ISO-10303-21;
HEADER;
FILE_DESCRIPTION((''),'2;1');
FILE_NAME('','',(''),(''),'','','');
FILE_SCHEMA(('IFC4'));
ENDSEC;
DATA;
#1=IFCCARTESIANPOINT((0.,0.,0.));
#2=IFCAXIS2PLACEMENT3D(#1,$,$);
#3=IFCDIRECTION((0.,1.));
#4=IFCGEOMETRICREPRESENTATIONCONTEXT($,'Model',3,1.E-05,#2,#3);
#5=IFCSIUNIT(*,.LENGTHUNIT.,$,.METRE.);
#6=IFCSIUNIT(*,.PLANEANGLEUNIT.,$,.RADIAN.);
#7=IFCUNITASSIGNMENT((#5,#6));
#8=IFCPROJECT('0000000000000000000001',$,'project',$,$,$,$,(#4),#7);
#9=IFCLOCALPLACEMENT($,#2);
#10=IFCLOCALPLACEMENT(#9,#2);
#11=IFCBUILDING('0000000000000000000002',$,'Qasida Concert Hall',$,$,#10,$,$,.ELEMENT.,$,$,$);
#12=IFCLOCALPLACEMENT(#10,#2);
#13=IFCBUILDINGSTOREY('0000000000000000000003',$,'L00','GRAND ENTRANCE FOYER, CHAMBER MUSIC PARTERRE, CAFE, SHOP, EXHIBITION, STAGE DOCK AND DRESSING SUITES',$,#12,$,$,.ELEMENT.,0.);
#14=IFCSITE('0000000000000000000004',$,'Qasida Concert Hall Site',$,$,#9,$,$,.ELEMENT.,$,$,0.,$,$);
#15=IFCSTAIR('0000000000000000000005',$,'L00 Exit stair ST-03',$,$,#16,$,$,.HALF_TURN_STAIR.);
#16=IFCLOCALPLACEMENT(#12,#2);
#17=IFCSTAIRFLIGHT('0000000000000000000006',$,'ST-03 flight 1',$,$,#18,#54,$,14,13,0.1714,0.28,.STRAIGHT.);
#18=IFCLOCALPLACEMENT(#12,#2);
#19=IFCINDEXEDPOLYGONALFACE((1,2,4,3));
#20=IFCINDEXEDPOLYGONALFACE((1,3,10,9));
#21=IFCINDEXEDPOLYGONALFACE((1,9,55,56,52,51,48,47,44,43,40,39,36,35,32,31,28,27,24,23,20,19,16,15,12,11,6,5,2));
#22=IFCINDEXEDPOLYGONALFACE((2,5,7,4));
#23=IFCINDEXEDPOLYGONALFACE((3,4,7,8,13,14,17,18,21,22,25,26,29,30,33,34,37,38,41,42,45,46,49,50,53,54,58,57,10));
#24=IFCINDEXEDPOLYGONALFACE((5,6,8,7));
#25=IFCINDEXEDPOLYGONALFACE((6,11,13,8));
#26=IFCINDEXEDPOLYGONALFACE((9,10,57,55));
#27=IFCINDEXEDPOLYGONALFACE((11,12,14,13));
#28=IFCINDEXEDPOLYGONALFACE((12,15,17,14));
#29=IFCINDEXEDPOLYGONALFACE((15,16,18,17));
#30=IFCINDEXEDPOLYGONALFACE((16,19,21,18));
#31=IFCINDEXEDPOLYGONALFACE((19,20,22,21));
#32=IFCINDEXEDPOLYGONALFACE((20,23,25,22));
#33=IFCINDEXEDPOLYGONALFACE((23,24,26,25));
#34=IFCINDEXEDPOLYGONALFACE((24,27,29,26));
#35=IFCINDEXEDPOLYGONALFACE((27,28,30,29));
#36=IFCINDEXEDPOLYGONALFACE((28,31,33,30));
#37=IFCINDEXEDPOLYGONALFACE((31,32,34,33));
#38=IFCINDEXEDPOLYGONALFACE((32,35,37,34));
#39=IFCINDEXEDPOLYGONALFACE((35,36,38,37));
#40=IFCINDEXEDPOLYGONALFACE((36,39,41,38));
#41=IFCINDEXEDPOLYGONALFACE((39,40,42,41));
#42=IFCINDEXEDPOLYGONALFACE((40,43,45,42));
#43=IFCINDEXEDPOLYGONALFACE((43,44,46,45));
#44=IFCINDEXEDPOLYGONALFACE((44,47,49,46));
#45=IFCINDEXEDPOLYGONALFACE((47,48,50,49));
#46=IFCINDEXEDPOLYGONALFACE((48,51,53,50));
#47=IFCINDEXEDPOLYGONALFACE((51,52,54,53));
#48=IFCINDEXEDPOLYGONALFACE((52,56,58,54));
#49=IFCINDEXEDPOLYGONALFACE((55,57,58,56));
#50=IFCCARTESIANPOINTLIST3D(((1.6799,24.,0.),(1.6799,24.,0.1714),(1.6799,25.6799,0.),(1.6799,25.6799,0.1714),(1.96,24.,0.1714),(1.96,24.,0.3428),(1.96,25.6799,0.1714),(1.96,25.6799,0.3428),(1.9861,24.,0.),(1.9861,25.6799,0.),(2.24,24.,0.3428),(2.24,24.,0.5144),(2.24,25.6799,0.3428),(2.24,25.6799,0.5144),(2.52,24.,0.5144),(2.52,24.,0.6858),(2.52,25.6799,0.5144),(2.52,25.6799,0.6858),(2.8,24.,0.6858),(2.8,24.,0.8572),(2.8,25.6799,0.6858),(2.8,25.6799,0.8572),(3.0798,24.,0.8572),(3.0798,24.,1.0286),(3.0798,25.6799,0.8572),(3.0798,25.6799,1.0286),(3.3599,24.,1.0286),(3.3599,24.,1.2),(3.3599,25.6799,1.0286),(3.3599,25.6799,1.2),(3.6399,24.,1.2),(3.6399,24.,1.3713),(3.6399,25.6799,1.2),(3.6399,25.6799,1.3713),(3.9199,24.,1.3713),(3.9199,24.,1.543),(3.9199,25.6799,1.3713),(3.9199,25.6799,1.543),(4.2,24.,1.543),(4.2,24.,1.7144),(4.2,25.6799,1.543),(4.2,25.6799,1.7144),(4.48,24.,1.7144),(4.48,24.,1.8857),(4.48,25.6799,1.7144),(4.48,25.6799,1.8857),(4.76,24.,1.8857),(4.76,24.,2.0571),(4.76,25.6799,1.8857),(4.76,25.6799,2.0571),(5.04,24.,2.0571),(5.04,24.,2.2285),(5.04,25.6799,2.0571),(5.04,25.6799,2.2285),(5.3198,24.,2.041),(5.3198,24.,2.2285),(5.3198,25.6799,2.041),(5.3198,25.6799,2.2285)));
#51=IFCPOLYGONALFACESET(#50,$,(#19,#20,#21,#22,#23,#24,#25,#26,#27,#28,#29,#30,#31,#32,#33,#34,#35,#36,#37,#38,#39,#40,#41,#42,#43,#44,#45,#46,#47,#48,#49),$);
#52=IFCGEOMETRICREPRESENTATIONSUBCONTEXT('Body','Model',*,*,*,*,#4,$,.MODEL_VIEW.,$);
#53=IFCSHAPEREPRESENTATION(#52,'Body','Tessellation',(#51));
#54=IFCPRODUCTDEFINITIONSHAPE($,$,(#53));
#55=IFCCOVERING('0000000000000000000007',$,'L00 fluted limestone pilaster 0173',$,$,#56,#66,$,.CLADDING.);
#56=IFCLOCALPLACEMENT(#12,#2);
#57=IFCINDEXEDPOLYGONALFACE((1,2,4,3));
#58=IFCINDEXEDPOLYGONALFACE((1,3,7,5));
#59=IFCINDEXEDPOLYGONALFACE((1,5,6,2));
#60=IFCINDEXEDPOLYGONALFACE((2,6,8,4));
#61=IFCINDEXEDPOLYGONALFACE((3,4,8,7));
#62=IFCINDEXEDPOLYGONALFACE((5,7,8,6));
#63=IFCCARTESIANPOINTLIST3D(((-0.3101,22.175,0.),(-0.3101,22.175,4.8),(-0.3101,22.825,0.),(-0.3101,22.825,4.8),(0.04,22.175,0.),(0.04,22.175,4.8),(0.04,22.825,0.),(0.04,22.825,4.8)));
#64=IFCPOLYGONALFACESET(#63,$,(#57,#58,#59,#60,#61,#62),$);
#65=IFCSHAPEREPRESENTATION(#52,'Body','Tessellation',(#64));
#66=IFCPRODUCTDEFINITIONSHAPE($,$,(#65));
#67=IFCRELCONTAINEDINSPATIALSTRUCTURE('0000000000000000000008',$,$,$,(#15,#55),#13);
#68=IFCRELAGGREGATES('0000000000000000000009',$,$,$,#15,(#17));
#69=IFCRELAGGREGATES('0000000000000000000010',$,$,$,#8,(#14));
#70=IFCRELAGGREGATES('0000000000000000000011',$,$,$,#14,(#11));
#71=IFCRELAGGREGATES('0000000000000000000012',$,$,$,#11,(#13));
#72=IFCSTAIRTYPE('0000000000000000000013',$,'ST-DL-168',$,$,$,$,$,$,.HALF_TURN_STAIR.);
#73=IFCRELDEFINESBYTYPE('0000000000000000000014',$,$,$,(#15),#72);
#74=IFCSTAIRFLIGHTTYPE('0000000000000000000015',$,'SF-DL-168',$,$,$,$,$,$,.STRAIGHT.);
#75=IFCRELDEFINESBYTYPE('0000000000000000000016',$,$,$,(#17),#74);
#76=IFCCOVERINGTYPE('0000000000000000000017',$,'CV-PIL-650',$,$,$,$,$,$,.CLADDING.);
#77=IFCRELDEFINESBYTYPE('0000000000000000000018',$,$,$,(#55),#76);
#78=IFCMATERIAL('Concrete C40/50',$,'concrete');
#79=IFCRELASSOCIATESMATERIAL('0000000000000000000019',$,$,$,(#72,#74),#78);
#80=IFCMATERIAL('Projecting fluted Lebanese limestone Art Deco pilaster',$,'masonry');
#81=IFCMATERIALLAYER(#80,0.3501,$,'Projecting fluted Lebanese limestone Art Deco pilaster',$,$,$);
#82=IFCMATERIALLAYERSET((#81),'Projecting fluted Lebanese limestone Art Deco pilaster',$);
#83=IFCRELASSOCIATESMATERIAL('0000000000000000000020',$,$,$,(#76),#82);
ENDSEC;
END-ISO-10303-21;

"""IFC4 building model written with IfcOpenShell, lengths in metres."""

from ifc_helpers import new_model, si_unit, direction, frame, origin, origin_2d, place, context, subcontext, project, spatial, polyline, rectangle, outline, extrude, material, layer, layer_set, type_object, element, aggregate, save


model = new_model("IFC4")

# Units and contexts
model_context = context("Model", 3, precision=1e-05, world=origin(), true_north=direction((0.0, 1.0)))
body_context = subcontext(model_context, "Body", "Model", "MODEL_VIEW")
ifc_project = project(units=[si_unit("LENGTHUNIT", "METRE"), si_unit("PLANEANGLEUNIT", "RADIAN")], contexts=[model_context])

# Site, building, storey
site_placement = place(None, origin())
site = spatial("IfcSite", under=ifc_project, at=site_placement, Name="Qasida Concert Hall Site", CompositionType="ELEMENT", RefElevation=0.0)
building_placement = place(site_placement, origin())
building = spatial("IfcBuilding", under=site, at=building_placement, Name="Qasida Concert Hall", CompositionType="ELEMENT")
storey_placement = place(building_placement, origin())
storey = spatial("IfcBuildingStorey", under=building, at=storey_placement, Name="L00", Description="GRAND ENTRANCE FOYER, CHAMBER MUSIC PARTERRE, CAFE, SHOP, EXHIBITION, STAGE DOCK AND DRESSING SUITES", CompositionType="ELEMENT", Elevation=0.0)

# Shared definitions
ifc_material_1 = material(Name="Concrete C40/50", Category="concrete")

# Stair, stair flight
stair_type = type_object("IfcStairType", Name="ST-DL-168", PredefinedType="HALF_TURN_STAIR", material=ifc_material_1)
stair_placement = place(storey_placement, origin())
stair = element("IfcStair", 1, at=stair_placement, inside=storey, type_object=stair_type, Name="L00 Exit stair ST-03", PredefinedType="HALF_TURN_STAIR")
stair_flight_type = type_object("IfcStairFlightType", Name="SF-DL-168", PredefinedType="STRAIGHT", material=ifc_material_1)
stair_flight_placement = place(storey_placement, frame((1.6799, 24.8401, 0.0), z_axis=(0.0, 0.0, 1.0), x_axis=(1.0, 0.0, 0.0)))
stair_flight = element("IfcStairFlight", 2, at=stair_flight_placement, type_object=stair_flight_type, Name="ST-03 flight 1", NumberOfRisers=14, NumberOfTreads=13, PredefinedType="STRAIGHT", RiserHeight=0.1714, TreadLength=0.28, context=body_context, shape_type="SweptSolid", body=[
    extrude(outline(polyline([(0.0, 0.0), (0.0, 0.1714), (0.28, 0.1714), (0.28, 0.3428), (0.5601, 0.3428), (0.5601, 0.5144), (0.8401, 0.5144), (0.8401, 0.6858), (1.1201, 0.6858), (1.1201, 0.8572), (1.3999, 0.8572), (1.3999, 1.0286), (1.6799, 1.0286), (1.6799, 1.2), (1.96, 1.2), (1.96, 1.3713), (2.24, 1.3713), (2.24, 1.543), (2.52, 1.543), (2.52, 1.7144), (2.8, 1.7144), (2.8, 1.8857), (3.0801, 1.8857), (3.0801, 2.0571), (3.3601, 2.0571), (3.3601, 2.2285), (3.6399, 2.2285), (3.6399, 2.3999), (3.6399, 2.041), (0.3062, 0.0), (0.0, 0.0)])), frame((0.0, 0.8398, 0.0), z_axis=(0.0, -1.0, 0.0), x_axis=(1.0, 0.0, 0.0)), (0.0, 0.0, 1.0), 1.6799),
])
aggregate(stair, [stair_flight])

# Covering
ifc_material_2 = material(Name="Projecting fluted Lebanese limestone Art Deco pilaster", Category="masonry")
ifc_layer_1 = layer(ifc_material_2, 0.3501, Name="Projecting fluted Lebanese limestone Art Deco pilaster")
ifc_layer_set_1 = layer_set([ifc_layer_1], Name="Projecting fluted Lebanese limestone Art Deco pilaster")
covering_type = type_object("IfcCoveringType", Name="CV-PIL-650", PredefinedType="CLADDING", material=ifc_layer_set_1)
covering_placement = place(storey_placement, frame((-0.135, 22.5, 0.0), z_axis=(0.0, 0.0, 1.0), x_axis=(1.0, 0.0, 0.0)))
element("IfcCovering", 3, at=covering_placement, inside=storey, type_object=covering_type, Name="L00 fluted limestone pilaster 0173", PredefinedType="CLADDING", context=body_context, shape_type="SweptSolid", body=[
    extrude(rectangle(XDim=0.3501, YDim=0.6499, at=origin_2d()), origin(), (0.0, 0.0, 1.0), 4.8),
])

save(model, "model.ifc")
